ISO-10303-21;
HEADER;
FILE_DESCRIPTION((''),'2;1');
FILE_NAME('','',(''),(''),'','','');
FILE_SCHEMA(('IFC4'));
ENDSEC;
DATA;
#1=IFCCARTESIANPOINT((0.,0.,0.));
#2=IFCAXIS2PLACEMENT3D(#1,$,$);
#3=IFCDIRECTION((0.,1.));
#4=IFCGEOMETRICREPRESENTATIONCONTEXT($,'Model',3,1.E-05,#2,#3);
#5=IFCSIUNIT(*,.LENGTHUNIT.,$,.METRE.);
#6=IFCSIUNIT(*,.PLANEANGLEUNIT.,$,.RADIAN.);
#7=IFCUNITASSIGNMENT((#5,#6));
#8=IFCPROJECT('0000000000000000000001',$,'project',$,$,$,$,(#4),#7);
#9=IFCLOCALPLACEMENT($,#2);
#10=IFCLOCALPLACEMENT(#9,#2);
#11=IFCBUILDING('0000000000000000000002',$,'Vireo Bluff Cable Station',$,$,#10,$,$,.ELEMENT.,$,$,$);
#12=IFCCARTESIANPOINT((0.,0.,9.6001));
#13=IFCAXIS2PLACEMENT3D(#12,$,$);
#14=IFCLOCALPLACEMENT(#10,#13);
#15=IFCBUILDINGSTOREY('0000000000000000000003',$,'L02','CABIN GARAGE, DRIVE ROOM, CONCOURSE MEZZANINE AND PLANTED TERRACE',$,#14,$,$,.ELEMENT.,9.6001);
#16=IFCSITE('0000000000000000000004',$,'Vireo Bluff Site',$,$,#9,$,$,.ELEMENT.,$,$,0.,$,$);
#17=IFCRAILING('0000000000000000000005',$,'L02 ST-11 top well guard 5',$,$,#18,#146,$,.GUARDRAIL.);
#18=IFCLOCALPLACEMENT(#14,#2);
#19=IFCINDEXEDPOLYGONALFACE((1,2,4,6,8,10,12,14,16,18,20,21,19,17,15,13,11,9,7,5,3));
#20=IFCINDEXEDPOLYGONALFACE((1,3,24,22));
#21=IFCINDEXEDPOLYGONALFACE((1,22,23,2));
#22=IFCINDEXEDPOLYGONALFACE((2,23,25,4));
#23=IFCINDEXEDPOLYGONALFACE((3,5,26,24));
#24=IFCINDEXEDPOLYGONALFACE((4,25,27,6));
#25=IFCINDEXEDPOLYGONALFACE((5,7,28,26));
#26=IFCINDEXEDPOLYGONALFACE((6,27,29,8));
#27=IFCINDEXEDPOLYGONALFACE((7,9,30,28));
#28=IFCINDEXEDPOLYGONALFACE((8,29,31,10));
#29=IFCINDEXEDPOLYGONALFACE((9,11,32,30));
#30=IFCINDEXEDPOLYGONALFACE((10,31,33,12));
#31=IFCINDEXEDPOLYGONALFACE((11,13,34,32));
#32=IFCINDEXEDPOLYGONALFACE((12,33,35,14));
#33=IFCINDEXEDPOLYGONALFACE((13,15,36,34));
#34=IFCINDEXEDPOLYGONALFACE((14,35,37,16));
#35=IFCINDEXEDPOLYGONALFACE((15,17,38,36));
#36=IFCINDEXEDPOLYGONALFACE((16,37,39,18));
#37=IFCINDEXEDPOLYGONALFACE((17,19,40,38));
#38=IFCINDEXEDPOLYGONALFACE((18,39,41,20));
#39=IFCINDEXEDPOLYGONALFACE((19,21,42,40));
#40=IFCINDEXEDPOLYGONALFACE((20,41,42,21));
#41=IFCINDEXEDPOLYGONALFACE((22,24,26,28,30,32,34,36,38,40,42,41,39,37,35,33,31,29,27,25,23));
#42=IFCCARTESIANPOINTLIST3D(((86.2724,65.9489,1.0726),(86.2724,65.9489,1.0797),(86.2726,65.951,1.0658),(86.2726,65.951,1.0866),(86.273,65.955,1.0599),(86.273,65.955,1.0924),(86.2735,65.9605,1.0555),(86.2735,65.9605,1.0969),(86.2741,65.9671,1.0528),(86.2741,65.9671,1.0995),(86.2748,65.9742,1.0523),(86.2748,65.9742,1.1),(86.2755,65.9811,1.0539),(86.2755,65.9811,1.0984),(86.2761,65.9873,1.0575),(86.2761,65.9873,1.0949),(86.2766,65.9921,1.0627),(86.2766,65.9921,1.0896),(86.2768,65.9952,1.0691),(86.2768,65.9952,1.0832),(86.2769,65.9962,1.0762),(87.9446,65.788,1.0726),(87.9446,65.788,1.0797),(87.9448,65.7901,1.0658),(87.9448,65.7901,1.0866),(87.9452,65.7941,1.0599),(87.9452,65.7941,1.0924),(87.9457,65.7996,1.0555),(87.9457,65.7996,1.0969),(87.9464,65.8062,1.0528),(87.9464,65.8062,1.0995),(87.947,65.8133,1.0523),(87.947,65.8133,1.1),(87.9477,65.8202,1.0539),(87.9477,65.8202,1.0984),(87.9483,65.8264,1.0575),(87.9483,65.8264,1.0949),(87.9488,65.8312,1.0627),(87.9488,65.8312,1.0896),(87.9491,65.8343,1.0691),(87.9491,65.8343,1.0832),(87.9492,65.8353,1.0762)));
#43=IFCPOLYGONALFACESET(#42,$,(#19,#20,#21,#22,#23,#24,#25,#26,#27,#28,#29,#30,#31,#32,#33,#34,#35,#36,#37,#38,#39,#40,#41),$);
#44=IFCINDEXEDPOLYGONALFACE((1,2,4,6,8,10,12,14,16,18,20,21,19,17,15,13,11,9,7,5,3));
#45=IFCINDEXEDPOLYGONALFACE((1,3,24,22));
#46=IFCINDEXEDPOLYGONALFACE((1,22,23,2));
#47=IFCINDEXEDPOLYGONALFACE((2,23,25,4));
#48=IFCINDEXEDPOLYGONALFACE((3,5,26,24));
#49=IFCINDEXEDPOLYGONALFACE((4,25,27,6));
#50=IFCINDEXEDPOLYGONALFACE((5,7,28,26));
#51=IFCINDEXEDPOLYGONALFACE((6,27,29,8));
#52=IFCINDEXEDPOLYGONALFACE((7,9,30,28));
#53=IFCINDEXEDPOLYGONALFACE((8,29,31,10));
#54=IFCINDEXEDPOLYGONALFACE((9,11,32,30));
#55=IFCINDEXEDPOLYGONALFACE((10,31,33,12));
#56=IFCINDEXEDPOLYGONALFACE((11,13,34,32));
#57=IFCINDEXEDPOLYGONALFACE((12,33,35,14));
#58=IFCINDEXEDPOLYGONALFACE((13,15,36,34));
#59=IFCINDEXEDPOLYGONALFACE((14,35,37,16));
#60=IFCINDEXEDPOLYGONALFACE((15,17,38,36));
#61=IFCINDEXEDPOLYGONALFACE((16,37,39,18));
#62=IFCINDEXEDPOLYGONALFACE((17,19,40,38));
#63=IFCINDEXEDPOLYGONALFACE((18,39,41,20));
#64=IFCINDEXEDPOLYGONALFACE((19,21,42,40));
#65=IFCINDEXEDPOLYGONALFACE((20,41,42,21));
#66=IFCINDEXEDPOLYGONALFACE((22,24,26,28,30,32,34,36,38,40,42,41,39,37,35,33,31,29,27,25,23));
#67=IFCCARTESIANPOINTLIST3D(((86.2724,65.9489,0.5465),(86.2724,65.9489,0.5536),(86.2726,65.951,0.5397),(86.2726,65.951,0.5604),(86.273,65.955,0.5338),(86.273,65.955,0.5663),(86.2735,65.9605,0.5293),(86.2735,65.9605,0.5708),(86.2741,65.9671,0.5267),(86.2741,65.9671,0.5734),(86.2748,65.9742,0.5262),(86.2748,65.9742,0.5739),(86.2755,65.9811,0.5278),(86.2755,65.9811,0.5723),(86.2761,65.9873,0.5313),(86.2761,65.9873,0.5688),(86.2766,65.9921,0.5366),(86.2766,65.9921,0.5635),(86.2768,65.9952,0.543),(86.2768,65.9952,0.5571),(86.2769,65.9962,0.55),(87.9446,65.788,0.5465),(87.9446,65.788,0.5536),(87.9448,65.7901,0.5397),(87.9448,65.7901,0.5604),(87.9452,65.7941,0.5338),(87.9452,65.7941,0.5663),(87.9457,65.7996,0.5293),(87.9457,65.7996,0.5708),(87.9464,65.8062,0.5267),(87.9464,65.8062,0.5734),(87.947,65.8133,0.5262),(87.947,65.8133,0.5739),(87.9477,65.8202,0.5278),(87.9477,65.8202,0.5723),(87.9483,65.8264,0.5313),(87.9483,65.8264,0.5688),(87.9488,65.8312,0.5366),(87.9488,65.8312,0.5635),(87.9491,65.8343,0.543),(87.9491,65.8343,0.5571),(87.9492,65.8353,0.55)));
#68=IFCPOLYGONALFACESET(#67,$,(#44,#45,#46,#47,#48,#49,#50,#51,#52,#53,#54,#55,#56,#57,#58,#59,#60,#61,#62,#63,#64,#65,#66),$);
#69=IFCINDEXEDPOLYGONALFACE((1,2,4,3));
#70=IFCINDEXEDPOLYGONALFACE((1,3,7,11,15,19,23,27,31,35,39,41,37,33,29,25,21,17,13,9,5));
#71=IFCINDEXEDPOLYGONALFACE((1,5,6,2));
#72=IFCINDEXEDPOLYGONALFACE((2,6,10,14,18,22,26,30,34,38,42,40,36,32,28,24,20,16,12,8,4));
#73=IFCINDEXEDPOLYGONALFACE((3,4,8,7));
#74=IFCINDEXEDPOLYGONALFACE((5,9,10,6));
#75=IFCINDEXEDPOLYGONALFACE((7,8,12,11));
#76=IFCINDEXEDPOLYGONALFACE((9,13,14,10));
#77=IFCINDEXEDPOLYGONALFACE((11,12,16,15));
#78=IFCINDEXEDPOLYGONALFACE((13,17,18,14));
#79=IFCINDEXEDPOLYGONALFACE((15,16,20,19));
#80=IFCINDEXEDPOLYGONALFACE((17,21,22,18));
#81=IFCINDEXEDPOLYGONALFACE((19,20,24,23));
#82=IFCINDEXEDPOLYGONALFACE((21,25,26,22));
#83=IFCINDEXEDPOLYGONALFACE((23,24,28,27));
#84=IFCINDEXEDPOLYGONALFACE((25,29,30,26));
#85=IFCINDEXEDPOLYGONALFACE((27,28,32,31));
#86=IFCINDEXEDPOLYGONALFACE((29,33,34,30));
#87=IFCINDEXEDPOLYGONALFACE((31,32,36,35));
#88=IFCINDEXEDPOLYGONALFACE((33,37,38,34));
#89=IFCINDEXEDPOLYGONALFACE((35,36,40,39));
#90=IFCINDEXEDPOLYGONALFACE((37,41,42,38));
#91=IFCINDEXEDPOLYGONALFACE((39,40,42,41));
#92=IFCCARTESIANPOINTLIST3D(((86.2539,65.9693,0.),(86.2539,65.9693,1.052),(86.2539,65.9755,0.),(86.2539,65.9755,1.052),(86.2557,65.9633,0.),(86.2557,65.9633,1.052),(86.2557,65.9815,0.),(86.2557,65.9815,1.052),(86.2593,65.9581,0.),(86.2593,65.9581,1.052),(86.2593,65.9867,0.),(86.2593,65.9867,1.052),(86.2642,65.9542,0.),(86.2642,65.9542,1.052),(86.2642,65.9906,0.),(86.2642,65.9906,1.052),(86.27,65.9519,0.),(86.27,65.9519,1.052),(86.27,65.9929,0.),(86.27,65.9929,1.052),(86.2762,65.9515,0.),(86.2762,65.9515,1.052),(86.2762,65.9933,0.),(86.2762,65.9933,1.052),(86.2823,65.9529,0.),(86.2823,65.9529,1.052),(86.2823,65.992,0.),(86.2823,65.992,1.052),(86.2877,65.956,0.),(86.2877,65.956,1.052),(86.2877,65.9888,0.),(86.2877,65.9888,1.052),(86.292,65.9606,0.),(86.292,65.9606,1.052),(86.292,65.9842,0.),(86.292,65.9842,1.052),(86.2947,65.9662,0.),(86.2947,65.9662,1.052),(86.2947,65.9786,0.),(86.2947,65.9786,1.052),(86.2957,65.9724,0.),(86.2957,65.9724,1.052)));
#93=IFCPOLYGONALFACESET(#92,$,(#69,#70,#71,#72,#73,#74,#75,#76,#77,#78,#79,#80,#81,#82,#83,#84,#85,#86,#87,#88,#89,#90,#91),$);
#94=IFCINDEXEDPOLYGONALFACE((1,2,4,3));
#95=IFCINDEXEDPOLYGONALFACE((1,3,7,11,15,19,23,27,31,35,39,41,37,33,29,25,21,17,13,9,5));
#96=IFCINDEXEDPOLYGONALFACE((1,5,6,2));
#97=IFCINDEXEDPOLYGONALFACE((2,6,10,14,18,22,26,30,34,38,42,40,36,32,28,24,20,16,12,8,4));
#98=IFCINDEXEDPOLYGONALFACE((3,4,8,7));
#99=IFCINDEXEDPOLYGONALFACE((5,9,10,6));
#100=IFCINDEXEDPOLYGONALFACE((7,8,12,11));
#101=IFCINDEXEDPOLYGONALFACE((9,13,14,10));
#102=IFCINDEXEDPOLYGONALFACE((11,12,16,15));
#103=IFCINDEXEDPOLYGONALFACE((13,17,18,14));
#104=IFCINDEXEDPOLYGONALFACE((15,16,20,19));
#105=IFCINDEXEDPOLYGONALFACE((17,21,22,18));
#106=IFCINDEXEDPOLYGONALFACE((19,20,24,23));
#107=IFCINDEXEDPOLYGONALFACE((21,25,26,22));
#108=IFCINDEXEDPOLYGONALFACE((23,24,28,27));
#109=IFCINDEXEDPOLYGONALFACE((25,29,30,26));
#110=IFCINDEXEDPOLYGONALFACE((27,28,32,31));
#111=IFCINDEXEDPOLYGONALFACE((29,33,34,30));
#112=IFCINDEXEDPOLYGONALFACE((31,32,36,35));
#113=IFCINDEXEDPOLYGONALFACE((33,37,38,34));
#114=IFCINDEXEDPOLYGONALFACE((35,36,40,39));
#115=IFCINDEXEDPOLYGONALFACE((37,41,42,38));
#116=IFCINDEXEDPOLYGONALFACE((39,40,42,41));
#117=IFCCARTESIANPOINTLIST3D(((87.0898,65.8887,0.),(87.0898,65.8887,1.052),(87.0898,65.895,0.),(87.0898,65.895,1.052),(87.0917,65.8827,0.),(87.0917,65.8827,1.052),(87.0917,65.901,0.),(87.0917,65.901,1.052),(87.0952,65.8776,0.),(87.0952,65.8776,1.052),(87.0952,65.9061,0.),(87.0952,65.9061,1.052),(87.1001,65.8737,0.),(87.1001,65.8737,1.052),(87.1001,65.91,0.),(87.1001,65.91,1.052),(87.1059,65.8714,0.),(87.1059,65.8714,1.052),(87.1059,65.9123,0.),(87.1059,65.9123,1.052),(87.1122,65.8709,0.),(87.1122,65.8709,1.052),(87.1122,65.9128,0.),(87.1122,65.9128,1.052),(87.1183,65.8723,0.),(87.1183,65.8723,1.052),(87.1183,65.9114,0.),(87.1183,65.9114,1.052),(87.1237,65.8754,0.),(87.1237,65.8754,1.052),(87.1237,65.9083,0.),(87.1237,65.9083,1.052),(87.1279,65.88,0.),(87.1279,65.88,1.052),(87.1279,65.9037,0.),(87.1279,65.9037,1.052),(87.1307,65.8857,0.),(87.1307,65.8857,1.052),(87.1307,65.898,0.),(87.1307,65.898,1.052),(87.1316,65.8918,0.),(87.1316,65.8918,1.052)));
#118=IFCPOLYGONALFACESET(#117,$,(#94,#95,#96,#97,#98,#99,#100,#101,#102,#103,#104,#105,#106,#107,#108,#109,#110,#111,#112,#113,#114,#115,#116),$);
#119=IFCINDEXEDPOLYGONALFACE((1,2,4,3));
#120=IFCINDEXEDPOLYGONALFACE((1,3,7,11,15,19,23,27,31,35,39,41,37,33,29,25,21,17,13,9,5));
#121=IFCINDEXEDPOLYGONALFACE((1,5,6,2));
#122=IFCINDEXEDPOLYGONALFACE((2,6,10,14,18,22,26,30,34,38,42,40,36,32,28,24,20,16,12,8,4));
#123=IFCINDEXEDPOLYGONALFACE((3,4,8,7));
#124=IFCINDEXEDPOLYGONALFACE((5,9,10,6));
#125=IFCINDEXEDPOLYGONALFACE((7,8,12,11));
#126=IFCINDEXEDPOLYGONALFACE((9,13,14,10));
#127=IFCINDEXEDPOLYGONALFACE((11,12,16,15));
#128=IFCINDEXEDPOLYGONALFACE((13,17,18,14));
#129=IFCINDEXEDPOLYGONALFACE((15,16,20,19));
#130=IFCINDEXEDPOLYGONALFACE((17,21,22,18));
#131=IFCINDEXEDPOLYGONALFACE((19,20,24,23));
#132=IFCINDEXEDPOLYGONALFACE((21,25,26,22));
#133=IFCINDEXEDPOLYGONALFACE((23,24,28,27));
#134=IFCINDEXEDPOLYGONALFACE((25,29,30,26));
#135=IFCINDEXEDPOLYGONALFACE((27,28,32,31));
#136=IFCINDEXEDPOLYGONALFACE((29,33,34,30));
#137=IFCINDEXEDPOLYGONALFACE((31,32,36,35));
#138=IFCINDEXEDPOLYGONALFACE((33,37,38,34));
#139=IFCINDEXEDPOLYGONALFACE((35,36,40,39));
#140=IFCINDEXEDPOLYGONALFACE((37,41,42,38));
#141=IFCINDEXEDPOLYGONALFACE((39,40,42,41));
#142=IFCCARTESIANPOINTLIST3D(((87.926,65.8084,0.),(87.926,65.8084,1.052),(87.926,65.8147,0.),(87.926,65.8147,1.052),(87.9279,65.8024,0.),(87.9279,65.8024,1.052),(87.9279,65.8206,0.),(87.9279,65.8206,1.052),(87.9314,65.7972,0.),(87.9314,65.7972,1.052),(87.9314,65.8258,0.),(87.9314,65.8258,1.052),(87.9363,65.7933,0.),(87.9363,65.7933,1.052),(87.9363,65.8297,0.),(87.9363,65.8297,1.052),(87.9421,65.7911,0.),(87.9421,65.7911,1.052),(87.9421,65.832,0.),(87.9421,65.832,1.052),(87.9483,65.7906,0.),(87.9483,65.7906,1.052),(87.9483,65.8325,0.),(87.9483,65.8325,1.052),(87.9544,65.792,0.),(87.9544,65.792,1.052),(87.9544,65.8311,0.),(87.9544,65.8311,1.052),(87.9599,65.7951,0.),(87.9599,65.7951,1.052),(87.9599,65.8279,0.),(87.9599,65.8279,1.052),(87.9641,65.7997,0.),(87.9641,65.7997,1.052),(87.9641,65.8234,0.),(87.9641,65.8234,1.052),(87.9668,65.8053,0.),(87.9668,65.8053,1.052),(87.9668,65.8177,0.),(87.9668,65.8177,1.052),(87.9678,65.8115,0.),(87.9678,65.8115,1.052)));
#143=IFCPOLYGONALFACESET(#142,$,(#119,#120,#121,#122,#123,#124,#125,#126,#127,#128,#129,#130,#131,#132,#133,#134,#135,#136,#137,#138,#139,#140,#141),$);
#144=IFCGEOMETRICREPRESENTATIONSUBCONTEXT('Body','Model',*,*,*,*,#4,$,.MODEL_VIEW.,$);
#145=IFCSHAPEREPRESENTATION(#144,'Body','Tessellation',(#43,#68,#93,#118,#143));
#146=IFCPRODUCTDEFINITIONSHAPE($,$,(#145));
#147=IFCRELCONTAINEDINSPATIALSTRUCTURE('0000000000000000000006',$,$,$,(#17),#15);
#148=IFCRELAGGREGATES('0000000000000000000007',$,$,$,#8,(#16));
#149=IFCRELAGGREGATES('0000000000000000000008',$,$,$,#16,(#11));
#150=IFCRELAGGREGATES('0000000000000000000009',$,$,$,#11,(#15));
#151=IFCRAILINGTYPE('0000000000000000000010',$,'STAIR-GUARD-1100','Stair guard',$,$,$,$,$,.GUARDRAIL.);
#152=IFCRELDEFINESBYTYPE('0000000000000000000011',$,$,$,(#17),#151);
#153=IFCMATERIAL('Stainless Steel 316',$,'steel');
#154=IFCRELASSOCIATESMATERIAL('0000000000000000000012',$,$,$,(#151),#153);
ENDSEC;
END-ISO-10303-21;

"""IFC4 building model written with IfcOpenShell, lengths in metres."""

from ifc_helpers import new_model, si_unit, direction, frame, origin, origin_2d, place, context, subcontext, project, spatial, circle, extrude, material, type_object, element, save


model = new_model("IFC4")

# Units and contexts
model_context = context("Model", 3, precision=1e-05, world=origin(), true_north=direction((0.0, 1.0)))
body_context = subcontext(model_context, "Body", "Model", "MODEL_VIEW")
ifc_project = project(units=[si_unit("LENGTHUNIT", "METRE"), si_unit("PLANEANGLEUNIT", "RADIAN")], contexts=[model_context])

# Site, building, storey
site_placement = place(None, origin())
site = spatial("IfcSite", under=ifc_project, at=site_placement, Name="Vireo Bluff Site", CompositionType="ELEMENT", RefElevation=0.0)
building_placement = place(site_placement, origin())
building = spatial("IfcBuilding", under=site, at=building_placement, Name="Vireo Bluff Cable Station", CompositionType="ELEMENT")
storey_placement = place(building_placement, frame((0.0, 0.0, 9.6001)))
storey = spatial("IfcBuildingStorey", under=building, at=storey_placement, Name="L02", Description="CABIN GARAGE, DRIVE ROOM, CONCOURSE MEZZANINE AND PLANTED TERRACE", CompositionType="ELEMENT", Elevation=9.6001)

# Railing
ifc_material_1 = material(Name="Stainless Steel 316", Category="steel")
railing_type = type_object("IfcRailingType", Name="STAIR-GUARD-1100", Description="Stair guard", PredefinedType="GUARDRAIL", material=ifc_material_1)
railing_1_placement = place(storey_placement, frame((86.2747, 65.9724, 0.0)))
element("IfcRailing", 1, at=railing_1_placement, inside=storey, type_object=railing_type, Name="L02 ST-11 top well guard 5", PredefinedType="GUARDRAIL", context=body_context, shape_type="SweptSolid", body=[
    extrude(circle(Radius=0.0239, at=origin_2d()), frame((0.0, 0.0, 1.0762), z_axis=(0.995403, -0.095776, 0.0), x_axis=(0.095776, 0.995403, 0.0)), (0.0, 0.0, 1.0), 1.6799),
    extrude(circle(Radius=0.0239, at=origin_2d()), frame((0.0, 0.0, 0.55), z_axis=(0.995403, -0.095776, 0.0), x_axis=(0.095776, 0.995403, 0.0)), (0.0, 0.0, 1.0), 1.6799),
    extrude(circle(Radius=0.021, at=origin_2d()), origin(), (0.0, 0.0, 1.0), 1.052),
    extrude(circle(Radius=0.021, at=origin_2d()), frame((0.8359, -0.0806, 0.0)), (0.0, 0.0, 1.0), 1.052),
    extrude(circle(Radius=0.021, at=origin_2d()), frame((1.6721, -0.1609, 0.0)), (0.0, 0.0, 1.0), 1.052),
])

save(model, "model.ifc")
